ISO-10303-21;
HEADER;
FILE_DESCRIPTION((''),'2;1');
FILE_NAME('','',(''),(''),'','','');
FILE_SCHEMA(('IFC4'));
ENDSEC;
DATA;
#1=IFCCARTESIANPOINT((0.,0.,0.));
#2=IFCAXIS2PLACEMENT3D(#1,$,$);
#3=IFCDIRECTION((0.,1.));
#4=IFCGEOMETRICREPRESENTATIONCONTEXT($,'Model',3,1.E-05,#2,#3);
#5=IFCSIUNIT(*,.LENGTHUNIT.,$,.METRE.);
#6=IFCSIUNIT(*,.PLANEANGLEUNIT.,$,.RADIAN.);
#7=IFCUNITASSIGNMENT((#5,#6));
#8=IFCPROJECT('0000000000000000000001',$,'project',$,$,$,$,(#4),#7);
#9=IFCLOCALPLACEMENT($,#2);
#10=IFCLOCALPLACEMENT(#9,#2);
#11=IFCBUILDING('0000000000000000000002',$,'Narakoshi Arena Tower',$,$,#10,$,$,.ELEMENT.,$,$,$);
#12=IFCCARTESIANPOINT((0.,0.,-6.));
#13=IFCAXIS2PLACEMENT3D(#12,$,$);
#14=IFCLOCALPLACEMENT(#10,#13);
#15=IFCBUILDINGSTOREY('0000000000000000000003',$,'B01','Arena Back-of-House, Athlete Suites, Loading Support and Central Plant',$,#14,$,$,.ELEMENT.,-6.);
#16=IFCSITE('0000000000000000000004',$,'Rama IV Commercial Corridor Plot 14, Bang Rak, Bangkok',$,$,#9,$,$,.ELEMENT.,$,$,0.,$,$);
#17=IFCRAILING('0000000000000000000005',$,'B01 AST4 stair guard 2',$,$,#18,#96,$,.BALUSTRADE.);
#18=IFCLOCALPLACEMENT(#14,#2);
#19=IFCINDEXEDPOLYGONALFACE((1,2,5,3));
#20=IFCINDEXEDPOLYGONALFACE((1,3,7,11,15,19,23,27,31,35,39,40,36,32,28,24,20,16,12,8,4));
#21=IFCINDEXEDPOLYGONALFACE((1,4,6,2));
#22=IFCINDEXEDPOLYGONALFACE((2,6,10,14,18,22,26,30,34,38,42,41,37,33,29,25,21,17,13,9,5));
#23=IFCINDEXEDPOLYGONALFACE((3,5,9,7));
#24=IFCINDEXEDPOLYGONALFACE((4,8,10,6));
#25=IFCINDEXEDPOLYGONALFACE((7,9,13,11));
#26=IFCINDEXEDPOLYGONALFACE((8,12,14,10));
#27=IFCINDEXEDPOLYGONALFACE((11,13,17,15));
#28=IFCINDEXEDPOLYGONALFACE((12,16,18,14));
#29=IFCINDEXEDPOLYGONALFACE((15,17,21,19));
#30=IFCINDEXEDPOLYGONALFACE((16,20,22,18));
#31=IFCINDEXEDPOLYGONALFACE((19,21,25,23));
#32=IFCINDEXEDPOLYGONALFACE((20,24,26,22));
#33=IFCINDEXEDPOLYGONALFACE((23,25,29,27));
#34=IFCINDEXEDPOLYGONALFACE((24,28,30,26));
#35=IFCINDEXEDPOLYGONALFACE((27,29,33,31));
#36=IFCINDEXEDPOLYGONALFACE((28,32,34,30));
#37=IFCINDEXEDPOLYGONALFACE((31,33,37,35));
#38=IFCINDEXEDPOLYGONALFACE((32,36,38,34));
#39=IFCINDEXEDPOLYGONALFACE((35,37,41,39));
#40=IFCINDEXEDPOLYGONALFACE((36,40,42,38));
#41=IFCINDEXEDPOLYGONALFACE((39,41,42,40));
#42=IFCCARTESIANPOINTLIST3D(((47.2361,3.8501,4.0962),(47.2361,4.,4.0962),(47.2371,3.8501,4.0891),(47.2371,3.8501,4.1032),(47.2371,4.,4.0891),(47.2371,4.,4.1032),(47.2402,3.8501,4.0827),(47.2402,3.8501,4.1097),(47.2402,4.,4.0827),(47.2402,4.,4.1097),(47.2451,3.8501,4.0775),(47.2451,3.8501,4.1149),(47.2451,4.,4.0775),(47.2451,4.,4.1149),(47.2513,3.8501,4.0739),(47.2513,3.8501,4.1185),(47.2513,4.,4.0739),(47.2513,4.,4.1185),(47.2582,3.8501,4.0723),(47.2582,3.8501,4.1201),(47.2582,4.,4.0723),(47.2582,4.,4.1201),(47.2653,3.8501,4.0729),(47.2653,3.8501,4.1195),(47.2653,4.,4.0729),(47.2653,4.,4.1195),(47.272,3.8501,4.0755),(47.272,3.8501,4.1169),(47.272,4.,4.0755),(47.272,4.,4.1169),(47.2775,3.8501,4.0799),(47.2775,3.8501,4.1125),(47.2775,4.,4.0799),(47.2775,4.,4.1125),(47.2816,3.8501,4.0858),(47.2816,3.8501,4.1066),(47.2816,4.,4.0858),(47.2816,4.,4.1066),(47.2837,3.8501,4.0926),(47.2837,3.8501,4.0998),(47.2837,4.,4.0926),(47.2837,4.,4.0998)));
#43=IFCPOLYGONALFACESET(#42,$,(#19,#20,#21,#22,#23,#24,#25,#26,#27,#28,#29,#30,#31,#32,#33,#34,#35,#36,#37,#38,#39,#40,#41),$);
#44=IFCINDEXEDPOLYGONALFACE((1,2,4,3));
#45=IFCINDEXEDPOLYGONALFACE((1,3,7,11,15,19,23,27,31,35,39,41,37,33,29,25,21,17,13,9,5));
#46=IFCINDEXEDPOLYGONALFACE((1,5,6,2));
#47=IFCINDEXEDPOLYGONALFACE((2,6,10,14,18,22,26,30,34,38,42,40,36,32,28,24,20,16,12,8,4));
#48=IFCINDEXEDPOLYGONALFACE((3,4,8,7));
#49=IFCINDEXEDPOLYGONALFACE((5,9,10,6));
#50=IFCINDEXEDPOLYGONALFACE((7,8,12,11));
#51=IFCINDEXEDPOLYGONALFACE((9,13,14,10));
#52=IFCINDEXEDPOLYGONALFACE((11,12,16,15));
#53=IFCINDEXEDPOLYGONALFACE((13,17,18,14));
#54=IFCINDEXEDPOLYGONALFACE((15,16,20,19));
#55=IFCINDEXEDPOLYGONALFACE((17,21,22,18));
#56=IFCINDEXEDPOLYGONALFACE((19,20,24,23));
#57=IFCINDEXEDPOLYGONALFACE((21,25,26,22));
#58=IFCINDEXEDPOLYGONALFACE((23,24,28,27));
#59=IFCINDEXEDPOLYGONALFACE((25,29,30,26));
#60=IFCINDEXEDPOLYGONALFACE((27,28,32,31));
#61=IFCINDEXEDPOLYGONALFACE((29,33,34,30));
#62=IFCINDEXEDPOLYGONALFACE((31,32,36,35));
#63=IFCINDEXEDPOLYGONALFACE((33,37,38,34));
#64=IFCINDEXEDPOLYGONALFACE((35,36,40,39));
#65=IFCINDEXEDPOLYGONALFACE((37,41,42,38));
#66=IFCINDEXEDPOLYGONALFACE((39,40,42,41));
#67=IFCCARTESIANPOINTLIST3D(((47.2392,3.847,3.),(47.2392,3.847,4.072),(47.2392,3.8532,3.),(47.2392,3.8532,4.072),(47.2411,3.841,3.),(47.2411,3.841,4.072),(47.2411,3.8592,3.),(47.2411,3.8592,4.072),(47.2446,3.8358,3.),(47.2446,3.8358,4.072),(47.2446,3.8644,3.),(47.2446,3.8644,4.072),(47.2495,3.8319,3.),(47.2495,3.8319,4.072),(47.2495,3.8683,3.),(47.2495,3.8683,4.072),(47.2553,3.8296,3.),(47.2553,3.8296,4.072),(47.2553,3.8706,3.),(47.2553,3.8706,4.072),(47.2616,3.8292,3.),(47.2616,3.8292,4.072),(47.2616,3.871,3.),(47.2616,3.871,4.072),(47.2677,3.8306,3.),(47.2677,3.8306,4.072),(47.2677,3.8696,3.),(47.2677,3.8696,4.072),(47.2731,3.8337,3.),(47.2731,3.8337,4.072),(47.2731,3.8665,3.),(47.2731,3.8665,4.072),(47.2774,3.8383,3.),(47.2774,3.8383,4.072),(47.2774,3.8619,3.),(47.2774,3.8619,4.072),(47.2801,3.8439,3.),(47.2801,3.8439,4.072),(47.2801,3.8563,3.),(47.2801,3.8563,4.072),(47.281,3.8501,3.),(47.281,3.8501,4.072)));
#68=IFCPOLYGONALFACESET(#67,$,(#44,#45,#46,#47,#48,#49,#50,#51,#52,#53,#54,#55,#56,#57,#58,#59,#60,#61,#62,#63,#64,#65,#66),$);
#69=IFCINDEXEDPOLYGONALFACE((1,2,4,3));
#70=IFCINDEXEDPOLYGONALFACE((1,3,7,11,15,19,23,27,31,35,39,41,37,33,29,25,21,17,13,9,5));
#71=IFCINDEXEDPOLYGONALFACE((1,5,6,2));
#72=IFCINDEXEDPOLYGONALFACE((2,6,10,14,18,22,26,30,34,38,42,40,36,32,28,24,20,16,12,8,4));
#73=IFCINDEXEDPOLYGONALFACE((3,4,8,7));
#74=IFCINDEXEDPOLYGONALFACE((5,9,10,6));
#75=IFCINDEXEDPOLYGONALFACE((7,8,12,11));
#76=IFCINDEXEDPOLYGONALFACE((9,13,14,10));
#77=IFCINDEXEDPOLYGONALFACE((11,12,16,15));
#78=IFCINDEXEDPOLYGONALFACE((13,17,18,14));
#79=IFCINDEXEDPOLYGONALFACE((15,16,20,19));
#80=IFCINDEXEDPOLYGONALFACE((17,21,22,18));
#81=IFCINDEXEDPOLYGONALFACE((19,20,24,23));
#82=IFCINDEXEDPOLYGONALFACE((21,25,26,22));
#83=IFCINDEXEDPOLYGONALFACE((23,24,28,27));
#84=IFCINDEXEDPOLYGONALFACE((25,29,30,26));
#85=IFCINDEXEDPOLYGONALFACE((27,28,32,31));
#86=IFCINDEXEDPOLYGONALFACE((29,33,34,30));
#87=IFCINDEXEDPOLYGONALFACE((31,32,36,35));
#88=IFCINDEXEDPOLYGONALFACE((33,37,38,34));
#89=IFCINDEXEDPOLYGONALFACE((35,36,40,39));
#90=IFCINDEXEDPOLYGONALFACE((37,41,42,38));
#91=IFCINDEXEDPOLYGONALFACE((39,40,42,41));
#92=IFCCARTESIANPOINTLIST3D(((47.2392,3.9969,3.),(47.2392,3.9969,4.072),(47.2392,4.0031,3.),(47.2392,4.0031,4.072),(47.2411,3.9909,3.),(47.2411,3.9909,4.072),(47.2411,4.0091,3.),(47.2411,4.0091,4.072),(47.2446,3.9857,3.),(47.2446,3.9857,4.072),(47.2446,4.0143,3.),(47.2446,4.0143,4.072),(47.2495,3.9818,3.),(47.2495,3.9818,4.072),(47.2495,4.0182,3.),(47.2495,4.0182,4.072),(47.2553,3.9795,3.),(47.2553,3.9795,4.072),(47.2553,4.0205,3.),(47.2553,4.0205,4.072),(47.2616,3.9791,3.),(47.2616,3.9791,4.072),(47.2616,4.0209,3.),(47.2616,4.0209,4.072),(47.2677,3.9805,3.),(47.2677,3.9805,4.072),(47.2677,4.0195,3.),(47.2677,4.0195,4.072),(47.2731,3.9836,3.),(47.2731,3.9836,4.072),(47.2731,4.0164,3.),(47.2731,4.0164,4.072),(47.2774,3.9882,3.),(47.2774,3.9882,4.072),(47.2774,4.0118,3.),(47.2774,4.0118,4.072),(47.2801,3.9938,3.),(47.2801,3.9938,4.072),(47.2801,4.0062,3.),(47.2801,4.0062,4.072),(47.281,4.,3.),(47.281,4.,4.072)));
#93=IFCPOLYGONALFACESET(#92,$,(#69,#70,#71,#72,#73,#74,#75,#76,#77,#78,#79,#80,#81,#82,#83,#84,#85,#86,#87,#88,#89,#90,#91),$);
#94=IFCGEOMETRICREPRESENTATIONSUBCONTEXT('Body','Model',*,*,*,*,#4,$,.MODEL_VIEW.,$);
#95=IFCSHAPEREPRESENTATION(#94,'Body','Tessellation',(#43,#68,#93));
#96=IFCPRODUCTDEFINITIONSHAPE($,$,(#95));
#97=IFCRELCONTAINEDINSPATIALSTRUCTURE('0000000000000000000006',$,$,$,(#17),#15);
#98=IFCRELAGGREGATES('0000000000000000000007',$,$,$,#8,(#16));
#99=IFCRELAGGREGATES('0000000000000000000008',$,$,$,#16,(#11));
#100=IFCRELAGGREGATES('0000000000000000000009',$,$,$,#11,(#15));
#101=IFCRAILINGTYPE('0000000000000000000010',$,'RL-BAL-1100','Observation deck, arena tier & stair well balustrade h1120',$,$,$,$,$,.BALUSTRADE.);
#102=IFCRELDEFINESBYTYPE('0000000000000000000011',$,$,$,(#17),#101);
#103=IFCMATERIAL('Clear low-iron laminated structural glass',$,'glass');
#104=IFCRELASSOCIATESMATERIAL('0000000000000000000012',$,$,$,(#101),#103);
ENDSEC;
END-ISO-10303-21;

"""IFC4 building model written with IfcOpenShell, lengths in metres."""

from ifc_helpers import new_model, si_unit, direction, frame, origin, origin_2d, place, context, subcontext, project, spatial, circle, extrude, material, type_object, element, save


model = new_model("IFC4")

# Units and contexts
model_context = context("Model", 3, precision=1e-05, world=origin(), true_north=direction((0.0, 1.0)))
body_context = subcontext(model_context, "Body", "Model", "MODEL_VIEW")
ifc_project = project(units=[si_unit("LENGTHUNIT", "METRE"), si_unit("PLANEANGLEUNIT", "RADIAN")], contexts=[model_context])

# Site, building, storey
site_placement = place(None, origin())
site = spatial("IfcSite", under=ifc_project, at=site_placement, Name="Rama IV Commercial Corridor Plot 14, Bang Rak, Bangkok", CompositionType="ELEMENT", RefElevation=0.0)
building_placement = place(site_placement, origin())
building = spatial("IfcBuilding", under=site, at=building_placement, Name="Narakoshi Arena Tower", CompositionType="ELEMENT")
storey_placement = place(building_placement, frame((0.0, 0.0, -6.0)))
storey = spatial("IfcBuildingStorey", under=building, at=storey_placement, Name="B01", Description="Arena Back-of-House, Athlete Suites, Loading Support and Central Plant", CompositionType="ELEMENT", Elevation=-6.0)

# Railing
ifc_material_1 = material(Name="Clear low-iron laminated structural glass", Category="glass")
railing_type_1 = type_object("IfcRailingType", Name="RL-BAL-1100", Description="Observation deck, arena tier & stair well balustrade h1120", PredefinedType="BALUSTRADE", material=ifc_material_1)
railing_1_placement = place(storey_placement, frame((47.26, 3.8501, 3.0)))
element("IfcRailing", 1, at=railing_1_placement, inside=storey, type_object=railing_type_1, Name="B01 AST4 stair guard 2", PredefinedType="BALUSTRADE", context=body_context, shape_type="SweptSolid", body=[
    extrude(circle(Radius=0.0239, at=origin_2d()), frame((0.0, 0.0, 1.0962), z_axis=(0.0, 1.0, 0.0), x_axis=(-1.0, 0.0, 0.0)), (0.0, 0.0, 1.0), 0.1499),
    extrude(circle(Radius=0.021, at=origin_2d()), origin(), (0.0, 0.0, 1.0), 1.072),
    extrude(circle(Radius=0.021, at=origin_2d()), frame((0.0, 0.1499, 0.0)), (0.0, 0.0, 1.0), 1.072),
])

save(model, "model.ifc")
